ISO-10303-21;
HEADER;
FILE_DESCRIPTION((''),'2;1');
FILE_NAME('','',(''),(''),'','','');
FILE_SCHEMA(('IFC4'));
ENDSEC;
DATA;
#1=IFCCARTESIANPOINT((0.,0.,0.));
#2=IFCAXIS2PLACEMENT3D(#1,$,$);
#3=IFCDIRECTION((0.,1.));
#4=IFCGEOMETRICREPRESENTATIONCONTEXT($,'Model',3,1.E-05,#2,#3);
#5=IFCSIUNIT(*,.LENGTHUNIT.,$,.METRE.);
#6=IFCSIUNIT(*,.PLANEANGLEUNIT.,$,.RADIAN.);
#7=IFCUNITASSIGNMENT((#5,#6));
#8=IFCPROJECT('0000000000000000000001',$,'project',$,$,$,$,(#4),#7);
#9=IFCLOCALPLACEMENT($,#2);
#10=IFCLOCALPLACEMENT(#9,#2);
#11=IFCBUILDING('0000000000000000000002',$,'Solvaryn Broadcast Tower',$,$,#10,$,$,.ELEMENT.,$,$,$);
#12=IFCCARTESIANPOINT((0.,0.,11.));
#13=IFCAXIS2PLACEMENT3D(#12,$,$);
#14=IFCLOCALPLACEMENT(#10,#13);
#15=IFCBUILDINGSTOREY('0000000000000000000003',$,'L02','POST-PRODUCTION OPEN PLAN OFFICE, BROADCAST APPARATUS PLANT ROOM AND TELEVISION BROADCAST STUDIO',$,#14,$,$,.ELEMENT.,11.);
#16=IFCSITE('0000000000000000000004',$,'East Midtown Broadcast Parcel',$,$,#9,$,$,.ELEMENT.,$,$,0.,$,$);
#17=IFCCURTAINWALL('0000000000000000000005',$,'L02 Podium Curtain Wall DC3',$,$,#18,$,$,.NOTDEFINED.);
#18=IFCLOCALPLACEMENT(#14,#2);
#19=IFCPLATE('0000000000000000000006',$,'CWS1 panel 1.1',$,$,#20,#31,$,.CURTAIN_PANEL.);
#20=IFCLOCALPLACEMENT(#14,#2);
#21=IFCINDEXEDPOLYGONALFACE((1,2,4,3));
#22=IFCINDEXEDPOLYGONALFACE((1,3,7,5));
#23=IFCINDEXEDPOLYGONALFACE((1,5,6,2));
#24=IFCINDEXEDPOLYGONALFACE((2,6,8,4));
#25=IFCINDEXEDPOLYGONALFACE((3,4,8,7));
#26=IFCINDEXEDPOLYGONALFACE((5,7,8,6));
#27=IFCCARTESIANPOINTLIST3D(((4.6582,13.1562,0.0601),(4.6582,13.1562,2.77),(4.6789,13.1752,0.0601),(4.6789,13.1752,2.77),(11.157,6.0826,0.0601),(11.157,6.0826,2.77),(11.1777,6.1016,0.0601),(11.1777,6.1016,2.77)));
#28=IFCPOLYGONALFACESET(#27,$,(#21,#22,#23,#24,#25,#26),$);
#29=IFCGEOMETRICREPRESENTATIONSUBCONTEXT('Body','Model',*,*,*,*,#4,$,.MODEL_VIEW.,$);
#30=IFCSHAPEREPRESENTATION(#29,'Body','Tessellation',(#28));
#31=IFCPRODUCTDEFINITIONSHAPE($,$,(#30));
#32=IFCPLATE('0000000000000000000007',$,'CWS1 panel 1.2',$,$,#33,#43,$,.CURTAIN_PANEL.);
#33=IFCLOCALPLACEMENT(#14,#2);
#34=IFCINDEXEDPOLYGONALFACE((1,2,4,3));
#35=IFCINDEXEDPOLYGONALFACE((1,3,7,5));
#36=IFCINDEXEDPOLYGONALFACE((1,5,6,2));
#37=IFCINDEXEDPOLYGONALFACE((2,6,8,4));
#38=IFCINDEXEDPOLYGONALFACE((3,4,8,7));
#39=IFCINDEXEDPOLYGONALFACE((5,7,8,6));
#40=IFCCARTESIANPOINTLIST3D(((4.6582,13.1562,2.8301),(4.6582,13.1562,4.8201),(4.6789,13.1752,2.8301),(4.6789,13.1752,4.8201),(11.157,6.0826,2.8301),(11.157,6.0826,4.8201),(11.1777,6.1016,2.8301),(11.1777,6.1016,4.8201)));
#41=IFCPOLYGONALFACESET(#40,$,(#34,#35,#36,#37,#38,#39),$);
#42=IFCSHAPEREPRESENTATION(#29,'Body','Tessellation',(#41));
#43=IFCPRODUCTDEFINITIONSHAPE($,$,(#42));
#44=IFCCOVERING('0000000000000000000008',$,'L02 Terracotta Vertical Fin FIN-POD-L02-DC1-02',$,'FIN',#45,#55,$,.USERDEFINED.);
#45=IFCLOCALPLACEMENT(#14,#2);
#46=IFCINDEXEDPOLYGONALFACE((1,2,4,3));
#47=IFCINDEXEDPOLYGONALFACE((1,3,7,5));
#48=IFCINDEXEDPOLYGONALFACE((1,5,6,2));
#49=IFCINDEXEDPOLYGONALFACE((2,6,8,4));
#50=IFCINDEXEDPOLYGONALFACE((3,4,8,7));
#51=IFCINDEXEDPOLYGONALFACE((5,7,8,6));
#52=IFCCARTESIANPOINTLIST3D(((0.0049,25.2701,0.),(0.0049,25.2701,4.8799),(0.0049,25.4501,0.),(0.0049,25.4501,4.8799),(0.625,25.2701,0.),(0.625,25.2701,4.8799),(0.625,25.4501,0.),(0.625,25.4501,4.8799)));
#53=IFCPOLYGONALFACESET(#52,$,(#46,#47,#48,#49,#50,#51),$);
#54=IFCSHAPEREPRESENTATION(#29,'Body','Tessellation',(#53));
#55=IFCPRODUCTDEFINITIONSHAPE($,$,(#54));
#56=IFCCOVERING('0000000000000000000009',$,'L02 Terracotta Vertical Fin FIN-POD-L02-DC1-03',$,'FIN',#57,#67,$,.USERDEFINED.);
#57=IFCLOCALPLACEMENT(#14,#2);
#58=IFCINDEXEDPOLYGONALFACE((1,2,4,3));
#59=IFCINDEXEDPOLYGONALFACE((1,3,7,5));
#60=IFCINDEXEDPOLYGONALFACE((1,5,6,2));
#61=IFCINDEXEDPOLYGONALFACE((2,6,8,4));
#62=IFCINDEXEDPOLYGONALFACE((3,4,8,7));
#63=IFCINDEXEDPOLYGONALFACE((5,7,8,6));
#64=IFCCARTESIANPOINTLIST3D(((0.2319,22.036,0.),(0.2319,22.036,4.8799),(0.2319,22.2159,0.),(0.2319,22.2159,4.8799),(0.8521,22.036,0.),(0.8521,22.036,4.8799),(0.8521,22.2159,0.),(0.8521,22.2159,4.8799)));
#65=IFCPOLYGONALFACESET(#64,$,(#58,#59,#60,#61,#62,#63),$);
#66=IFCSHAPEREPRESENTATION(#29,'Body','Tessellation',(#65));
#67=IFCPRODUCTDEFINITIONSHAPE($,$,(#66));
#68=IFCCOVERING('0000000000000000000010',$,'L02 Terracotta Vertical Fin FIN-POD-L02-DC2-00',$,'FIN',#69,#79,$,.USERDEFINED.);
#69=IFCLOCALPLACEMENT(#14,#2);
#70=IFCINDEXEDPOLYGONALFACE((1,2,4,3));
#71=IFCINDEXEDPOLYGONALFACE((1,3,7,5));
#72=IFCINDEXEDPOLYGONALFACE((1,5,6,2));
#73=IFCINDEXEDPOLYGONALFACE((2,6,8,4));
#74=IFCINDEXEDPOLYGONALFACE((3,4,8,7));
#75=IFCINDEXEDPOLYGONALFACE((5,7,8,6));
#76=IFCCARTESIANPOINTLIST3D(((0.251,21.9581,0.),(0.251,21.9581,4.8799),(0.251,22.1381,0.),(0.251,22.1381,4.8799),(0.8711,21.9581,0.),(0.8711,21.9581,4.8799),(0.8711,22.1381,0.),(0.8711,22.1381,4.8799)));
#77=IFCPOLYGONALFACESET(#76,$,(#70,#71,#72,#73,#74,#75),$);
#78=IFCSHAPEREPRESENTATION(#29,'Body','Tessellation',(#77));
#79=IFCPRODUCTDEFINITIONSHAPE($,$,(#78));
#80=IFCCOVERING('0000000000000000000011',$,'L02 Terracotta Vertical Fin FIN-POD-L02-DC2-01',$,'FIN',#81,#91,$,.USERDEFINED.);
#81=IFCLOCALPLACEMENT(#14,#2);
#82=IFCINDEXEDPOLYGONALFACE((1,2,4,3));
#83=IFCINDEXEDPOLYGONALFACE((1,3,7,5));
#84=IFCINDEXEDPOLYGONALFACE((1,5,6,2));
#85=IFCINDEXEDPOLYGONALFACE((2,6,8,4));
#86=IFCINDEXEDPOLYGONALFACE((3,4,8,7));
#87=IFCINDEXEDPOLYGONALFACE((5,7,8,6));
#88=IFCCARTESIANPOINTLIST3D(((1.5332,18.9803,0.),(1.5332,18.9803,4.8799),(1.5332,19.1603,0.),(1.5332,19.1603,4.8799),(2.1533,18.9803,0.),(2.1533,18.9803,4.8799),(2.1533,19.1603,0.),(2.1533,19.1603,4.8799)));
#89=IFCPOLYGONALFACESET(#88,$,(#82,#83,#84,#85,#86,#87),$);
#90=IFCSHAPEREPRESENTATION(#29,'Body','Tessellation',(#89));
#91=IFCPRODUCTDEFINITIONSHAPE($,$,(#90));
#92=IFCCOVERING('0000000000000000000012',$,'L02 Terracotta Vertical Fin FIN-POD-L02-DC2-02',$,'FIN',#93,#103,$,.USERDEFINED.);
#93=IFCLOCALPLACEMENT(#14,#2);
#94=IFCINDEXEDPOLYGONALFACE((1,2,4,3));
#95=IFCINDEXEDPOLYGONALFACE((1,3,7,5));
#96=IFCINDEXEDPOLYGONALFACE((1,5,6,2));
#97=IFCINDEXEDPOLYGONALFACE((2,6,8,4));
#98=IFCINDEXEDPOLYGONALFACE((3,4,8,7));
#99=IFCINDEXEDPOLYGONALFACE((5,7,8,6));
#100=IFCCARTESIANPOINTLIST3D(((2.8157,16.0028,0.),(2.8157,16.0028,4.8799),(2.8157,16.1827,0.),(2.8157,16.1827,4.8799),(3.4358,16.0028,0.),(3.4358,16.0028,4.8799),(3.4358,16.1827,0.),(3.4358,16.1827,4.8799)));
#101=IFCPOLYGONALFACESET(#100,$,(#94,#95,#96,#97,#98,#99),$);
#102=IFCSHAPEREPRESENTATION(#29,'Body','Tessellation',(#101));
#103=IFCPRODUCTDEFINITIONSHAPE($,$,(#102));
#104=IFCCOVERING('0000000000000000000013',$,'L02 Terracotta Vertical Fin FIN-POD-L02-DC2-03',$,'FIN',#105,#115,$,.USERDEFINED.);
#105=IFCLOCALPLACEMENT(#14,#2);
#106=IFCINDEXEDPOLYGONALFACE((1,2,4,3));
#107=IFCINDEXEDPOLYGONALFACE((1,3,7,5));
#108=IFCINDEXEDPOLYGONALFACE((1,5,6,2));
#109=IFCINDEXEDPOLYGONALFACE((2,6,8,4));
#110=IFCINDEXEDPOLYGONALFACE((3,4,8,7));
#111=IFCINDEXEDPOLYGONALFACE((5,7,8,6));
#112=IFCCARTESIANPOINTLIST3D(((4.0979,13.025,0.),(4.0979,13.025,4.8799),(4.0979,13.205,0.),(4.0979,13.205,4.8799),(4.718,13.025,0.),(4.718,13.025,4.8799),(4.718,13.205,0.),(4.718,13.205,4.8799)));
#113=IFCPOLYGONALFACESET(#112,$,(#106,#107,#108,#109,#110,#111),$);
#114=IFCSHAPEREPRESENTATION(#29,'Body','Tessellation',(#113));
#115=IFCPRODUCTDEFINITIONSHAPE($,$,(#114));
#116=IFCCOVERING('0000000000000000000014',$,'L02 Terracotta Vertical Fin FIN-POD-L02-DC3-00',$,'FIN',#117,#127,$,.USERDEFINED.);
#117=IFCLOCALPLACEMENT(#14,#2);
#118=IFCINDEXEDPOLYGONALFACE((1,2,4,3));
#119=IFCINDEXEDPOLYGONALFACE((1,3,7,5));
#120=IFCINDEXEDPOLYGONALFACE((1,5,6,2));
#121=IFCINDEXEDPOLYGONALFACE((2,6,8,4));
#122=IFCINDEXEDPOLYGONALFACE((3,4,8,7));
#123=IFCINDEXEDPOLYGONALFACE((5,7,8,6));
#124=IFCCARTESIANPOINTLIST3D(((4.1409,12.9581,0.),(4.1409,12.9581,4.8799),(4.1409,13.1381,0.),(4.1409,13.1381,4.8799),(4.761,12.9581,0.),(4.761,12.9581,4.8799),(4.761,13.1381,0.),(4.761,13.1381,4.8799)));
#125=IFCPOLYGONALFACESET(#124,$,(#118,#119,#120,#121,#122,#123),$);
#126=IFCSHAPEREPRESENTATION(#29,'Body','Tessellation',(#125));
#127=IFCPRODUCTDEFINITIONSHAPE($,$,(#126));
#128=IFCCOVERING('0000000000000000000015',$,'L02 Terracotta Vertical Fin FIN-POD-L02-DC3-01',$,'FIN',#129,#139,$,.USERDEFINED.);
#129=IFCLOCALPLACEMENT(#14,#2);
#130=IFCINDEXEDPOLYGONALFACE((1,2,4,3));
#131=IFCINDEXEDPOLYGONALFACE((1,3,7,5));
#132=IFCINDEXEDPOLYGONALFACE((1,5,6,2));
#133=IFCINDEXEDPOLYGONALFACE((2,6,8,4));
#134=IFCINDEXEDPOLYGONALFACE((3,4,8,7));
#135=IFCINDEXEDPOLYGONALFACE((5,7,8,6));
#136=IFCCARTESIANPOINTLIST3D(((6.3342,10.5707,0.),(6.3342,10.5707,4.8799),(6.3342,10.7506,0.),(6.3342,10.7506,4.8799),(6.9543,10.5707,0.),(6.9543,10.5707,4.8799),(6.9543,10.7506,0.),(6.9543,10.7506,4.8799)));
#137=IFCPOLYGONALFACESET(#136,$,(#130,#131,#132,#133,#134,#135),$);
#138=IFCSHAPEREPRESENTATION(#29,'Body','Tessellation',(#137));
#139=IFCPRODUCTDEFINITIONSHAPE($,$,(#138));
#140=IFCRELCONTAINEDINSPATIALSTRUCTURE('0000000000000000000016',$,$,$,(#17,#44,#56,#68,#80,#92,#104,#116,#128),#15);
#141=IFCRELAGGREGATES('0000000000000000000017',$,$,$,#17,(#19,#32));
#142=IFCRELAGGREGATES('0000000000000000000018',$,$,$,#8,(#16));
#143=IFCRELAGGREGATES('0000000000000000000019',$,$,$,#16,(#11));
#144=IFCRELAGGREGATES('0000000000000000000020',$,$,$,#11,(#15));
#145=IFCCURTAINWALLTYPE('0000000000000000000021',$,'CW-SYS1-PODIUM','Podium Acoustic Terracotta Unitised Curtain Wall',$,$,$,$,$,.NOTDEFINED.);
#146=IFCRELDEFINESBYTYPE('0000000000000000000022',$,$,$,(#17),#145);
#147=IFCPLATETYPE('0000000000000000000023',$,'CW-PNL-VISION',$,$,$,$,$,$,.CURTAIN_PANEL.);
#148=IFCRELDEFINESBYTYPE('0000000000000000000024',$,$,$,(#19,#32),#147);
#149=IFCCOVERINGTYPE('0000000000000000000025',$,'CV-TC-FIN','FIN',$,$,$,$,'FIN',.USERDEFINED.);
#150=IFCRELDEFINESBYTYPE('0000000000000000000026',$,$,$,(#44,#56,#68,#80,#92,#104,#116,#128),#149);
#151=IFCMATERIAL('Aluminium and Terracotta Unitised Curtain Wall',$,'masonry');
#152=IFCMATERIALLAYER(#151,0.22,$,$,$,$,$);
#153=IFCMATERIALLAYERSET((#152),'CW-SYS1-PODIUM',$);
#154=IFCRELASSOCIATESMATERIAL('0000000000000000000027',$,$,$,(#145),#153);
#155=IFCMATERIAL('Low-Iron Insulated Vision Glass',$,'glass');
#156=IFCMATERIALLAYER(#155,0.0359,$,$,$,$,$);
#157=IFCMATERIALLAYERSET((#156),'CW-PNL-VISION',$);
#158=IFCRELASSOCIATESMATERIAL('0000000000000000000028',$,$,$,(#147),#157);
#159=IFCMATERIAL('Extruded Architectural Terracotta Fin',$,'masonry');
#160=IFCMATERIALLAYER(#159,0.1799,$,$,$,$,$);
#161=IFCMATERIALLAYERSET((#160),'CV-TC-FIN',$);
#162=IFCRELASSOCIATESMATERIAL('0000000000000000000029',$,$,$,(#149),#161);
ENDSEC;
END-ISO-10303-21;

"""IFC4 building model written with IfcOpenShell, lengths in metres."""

from ifc_helpers import new_model, si_unit, direction, frame, origin, origin_2d, place, context, subcontext, project, spatial, rectangle, extrude, material, layer, layer_set, type_object, element, aggregate, save


model = new_model("IFC4")

# Units and contexts
model_context = context("Model", 3, precision=1e-05, world=origin(), true_north=direction((0.0, 1.0)))
body_context = subcontext(model_context, "Body", "Model", "MODEL_VIEW")
ifc_project = project(units=[si_unit("LENGTHUNIT", "METRE"), si_unit("PLANEANGLEUNIT", "RADIAN")], contexts=[model_context])

# Site, building, storey
site_placement = place(None, origin())
site = spatial("IfcSite", under=ifc_project, at=site_placement, Name="East Midtown Broadcast Parcel", CompositionType="ELEMENT", RefElevation=0.0)
building_placement = place(site_placement, origin())
building = spatial("IfcBuilding", under=site, at=building_placement, Name="Solvaryn Broadcast Tower", CompositionType="ELEMENT")
storey_placement = place(building_placement, frame((0.0, 0.0, 11.0)))
storey = spatial("IfcBuildingStorey", under=building, at=storey_placement, Name="L02", Description="POST-PRODUCTION OPEN PLAN OFFICE, BROADCAST APPARATUS PLANT ROOM AND TELEVISION BROADCAST STUDIO", CompositionType="ELEMENT", Elevation=11.0)

# Shared definitions
ifc_material_1 = material(Name="Aluminium and Terracotta Unitised Curtain Wall", Category="masonry")
ifc_layer_1 = layer(ifc_material_1, 0.22)
ifc_layer_set_1 = layer_set([ifc_layer_1], Name="CW-SYS1-PODIUM")
curtain_wall_type = type_object("IfcCurtainWallType", Name="CW-SYS1-PODIUM", Description="Podium Acoustic Terracotta Unitised Curtain Wall", PredefinedType="NOTDEFINED", material=ifc_layer_set_1)

# Curtain wall
curtain_wall_1_placement = place(storey_placement, origin())
curtain_wall_1 = element("IfcCurtainWall", 1, at=curtain_wall_1_placement, inside=storey, type_object=curtain_wall_type, Name="L02 Podium Curtain Wall DC3", PredefinedType="NOTDEFINED")

# Plates
ifc_material_2 = material(Name="Low-Iron Insulated Vision Glass", Category="glass")
ifc_layer_2 = layer(ifc_material_2, 0.0359)
ifc_layer_set_2 = layer_set([ifc_layer_2], Name="CW-PNL-VISION")
plate_type = type_object("IfcPlateType", Name="CW-PNL-VISION", PredefinedType="CURTAIN_PANEL", material=ifc_layer_set_2)
plate_1_placement = place(storey_placement, frame((7.918, 9.6289, 0.0601), z_axis=(0.0, 0.0, 1.0), x_axis=(0.676553, -0.736394, 0.0)))
plate_1 = element("IfcPlate", 2, at=plate_1_placement, type_object=plate_type, Name="CWS1 panel 1.1", PredefinedType="CURTAIN_PANEL", context=body_context, shape_type="SweptSolid", body=[
    extrude(rectangle(XDim=9.6057, YDim=0.0281, at=origin_2d()), origin(), (0.0, 0.0, 1.0), 2.71),
])
plate_2_placement = place(storey_placement, frame((7.918, 9.6289, 2.8301), z_axis=(0.0, 0.0, 1.0), x_axis=(0.676553, -0.736394, 0.0)))
plate_2 = element("IfcPlate", 3, at=plate_2_placement, type_object=plate_type, Name="CWS1 panel 1.2", PredefinedType="CURTAIN_PANEL", context=body_context, shape_type="SweptSolid", body=[
    extrude(rectangle(XDim=9.6057, YDim=0.0281, at=origin_2d()), origin(), (0.0, 0.0, 1.0), 1.99),
])
aggregate(curtain_wall_1, [plate_1, plate_2])

# Coverings
ifc_material_3 = material(Name="Extruded Architectural Terracotta Fin", Category="masonry")
ifc_layer_3 = layer(ifc_material_3, 0.1799)
ifc_layer_set_3 = layer_set([ifc_layer_3], Name="CV-TC-FIN")
covering_type = type_object("IfcCoveringType", Name="CV-TC-FIN", Description="FIN", ElementType="FIN", PredefinedType="USERDEFINED", material=ifc_layer_set_3)
for number, where, z_axis, x_axis, name in (
    (4, (0.3149, 25.3601, 0.0), (0.0, 0.0, 1.0), (1.0, 0.0, 0.0), "L02 Terracotta Vertical Fin FIN-POD-L02-DC1-02"),
    (5, (0.542, 22.126, 0.0), (0.0, 0.0, 1.0), (1.0, 0.0, 0.0), "L02 Terracotta Vertical Fin FIN-POD-L02-DC1-03"),
    (6, (0.561, 22.0481, 0.0), (0.0, 0.0, 1.0), (1.0, 0.0, 0.0), "L02 Terracotta Vertical Fin FIN-POD-L02-DC2-00"),
    (7, (1.8433, 19.0703, 0.0), (0.0, 0.0, 1.0), (1.0, 0.0, 0.0), "L02 Terracotta Vertical Fin FIN-POD-L02-DC2-01"),
    (8, (3.1257, 16.0928, 0.0), (0.0, 0.0, 1.0), (1.0, 0.0, 0.0), "L02 Terracotta Vertical Fin FIN-POD-L02-DC2-02"),
    (9, (4.408, 13.115, 0.0), (0.0, 0.0, 1.0), (1.0, 0.0, 0.0), "L02 Terracotta Vertical Fin FIN-POD-L02-DC2-03"),
    (10, (4.4509, 13.0481, 0.0), (0.0, 0.0, 1.0), (1.0, 0.0, 0.0), "L02 Terracotta Vertical Fin FIN-POD-L02-DC3-00"),
    (11, (6.6443, 10.6606, 0.0), (0.0, 0.0, 1.0), (1.0, 0.0, 0.0), "L02 Terracotta Vertical Fin FIN-POD-L02-DC3-01"),
):
    element("IfcCovering", number, at=place(storey_placement, frame(where, z_axis=z_axis, x_axis=x_axis)), inside=storey, type_object=covering_type, Name=name, ObjectType="FIN", PredefinedType="USERDEFINED", context=body_context, shape_type="SweptSolid", body=[
        extrude(rectangle(XDim=0.6201, YDim=0.1799, at=origin_2d()), origin(), (0.0, 0.0, 1.0), 4.8799),
    ])

save(model, "model.ifc")
